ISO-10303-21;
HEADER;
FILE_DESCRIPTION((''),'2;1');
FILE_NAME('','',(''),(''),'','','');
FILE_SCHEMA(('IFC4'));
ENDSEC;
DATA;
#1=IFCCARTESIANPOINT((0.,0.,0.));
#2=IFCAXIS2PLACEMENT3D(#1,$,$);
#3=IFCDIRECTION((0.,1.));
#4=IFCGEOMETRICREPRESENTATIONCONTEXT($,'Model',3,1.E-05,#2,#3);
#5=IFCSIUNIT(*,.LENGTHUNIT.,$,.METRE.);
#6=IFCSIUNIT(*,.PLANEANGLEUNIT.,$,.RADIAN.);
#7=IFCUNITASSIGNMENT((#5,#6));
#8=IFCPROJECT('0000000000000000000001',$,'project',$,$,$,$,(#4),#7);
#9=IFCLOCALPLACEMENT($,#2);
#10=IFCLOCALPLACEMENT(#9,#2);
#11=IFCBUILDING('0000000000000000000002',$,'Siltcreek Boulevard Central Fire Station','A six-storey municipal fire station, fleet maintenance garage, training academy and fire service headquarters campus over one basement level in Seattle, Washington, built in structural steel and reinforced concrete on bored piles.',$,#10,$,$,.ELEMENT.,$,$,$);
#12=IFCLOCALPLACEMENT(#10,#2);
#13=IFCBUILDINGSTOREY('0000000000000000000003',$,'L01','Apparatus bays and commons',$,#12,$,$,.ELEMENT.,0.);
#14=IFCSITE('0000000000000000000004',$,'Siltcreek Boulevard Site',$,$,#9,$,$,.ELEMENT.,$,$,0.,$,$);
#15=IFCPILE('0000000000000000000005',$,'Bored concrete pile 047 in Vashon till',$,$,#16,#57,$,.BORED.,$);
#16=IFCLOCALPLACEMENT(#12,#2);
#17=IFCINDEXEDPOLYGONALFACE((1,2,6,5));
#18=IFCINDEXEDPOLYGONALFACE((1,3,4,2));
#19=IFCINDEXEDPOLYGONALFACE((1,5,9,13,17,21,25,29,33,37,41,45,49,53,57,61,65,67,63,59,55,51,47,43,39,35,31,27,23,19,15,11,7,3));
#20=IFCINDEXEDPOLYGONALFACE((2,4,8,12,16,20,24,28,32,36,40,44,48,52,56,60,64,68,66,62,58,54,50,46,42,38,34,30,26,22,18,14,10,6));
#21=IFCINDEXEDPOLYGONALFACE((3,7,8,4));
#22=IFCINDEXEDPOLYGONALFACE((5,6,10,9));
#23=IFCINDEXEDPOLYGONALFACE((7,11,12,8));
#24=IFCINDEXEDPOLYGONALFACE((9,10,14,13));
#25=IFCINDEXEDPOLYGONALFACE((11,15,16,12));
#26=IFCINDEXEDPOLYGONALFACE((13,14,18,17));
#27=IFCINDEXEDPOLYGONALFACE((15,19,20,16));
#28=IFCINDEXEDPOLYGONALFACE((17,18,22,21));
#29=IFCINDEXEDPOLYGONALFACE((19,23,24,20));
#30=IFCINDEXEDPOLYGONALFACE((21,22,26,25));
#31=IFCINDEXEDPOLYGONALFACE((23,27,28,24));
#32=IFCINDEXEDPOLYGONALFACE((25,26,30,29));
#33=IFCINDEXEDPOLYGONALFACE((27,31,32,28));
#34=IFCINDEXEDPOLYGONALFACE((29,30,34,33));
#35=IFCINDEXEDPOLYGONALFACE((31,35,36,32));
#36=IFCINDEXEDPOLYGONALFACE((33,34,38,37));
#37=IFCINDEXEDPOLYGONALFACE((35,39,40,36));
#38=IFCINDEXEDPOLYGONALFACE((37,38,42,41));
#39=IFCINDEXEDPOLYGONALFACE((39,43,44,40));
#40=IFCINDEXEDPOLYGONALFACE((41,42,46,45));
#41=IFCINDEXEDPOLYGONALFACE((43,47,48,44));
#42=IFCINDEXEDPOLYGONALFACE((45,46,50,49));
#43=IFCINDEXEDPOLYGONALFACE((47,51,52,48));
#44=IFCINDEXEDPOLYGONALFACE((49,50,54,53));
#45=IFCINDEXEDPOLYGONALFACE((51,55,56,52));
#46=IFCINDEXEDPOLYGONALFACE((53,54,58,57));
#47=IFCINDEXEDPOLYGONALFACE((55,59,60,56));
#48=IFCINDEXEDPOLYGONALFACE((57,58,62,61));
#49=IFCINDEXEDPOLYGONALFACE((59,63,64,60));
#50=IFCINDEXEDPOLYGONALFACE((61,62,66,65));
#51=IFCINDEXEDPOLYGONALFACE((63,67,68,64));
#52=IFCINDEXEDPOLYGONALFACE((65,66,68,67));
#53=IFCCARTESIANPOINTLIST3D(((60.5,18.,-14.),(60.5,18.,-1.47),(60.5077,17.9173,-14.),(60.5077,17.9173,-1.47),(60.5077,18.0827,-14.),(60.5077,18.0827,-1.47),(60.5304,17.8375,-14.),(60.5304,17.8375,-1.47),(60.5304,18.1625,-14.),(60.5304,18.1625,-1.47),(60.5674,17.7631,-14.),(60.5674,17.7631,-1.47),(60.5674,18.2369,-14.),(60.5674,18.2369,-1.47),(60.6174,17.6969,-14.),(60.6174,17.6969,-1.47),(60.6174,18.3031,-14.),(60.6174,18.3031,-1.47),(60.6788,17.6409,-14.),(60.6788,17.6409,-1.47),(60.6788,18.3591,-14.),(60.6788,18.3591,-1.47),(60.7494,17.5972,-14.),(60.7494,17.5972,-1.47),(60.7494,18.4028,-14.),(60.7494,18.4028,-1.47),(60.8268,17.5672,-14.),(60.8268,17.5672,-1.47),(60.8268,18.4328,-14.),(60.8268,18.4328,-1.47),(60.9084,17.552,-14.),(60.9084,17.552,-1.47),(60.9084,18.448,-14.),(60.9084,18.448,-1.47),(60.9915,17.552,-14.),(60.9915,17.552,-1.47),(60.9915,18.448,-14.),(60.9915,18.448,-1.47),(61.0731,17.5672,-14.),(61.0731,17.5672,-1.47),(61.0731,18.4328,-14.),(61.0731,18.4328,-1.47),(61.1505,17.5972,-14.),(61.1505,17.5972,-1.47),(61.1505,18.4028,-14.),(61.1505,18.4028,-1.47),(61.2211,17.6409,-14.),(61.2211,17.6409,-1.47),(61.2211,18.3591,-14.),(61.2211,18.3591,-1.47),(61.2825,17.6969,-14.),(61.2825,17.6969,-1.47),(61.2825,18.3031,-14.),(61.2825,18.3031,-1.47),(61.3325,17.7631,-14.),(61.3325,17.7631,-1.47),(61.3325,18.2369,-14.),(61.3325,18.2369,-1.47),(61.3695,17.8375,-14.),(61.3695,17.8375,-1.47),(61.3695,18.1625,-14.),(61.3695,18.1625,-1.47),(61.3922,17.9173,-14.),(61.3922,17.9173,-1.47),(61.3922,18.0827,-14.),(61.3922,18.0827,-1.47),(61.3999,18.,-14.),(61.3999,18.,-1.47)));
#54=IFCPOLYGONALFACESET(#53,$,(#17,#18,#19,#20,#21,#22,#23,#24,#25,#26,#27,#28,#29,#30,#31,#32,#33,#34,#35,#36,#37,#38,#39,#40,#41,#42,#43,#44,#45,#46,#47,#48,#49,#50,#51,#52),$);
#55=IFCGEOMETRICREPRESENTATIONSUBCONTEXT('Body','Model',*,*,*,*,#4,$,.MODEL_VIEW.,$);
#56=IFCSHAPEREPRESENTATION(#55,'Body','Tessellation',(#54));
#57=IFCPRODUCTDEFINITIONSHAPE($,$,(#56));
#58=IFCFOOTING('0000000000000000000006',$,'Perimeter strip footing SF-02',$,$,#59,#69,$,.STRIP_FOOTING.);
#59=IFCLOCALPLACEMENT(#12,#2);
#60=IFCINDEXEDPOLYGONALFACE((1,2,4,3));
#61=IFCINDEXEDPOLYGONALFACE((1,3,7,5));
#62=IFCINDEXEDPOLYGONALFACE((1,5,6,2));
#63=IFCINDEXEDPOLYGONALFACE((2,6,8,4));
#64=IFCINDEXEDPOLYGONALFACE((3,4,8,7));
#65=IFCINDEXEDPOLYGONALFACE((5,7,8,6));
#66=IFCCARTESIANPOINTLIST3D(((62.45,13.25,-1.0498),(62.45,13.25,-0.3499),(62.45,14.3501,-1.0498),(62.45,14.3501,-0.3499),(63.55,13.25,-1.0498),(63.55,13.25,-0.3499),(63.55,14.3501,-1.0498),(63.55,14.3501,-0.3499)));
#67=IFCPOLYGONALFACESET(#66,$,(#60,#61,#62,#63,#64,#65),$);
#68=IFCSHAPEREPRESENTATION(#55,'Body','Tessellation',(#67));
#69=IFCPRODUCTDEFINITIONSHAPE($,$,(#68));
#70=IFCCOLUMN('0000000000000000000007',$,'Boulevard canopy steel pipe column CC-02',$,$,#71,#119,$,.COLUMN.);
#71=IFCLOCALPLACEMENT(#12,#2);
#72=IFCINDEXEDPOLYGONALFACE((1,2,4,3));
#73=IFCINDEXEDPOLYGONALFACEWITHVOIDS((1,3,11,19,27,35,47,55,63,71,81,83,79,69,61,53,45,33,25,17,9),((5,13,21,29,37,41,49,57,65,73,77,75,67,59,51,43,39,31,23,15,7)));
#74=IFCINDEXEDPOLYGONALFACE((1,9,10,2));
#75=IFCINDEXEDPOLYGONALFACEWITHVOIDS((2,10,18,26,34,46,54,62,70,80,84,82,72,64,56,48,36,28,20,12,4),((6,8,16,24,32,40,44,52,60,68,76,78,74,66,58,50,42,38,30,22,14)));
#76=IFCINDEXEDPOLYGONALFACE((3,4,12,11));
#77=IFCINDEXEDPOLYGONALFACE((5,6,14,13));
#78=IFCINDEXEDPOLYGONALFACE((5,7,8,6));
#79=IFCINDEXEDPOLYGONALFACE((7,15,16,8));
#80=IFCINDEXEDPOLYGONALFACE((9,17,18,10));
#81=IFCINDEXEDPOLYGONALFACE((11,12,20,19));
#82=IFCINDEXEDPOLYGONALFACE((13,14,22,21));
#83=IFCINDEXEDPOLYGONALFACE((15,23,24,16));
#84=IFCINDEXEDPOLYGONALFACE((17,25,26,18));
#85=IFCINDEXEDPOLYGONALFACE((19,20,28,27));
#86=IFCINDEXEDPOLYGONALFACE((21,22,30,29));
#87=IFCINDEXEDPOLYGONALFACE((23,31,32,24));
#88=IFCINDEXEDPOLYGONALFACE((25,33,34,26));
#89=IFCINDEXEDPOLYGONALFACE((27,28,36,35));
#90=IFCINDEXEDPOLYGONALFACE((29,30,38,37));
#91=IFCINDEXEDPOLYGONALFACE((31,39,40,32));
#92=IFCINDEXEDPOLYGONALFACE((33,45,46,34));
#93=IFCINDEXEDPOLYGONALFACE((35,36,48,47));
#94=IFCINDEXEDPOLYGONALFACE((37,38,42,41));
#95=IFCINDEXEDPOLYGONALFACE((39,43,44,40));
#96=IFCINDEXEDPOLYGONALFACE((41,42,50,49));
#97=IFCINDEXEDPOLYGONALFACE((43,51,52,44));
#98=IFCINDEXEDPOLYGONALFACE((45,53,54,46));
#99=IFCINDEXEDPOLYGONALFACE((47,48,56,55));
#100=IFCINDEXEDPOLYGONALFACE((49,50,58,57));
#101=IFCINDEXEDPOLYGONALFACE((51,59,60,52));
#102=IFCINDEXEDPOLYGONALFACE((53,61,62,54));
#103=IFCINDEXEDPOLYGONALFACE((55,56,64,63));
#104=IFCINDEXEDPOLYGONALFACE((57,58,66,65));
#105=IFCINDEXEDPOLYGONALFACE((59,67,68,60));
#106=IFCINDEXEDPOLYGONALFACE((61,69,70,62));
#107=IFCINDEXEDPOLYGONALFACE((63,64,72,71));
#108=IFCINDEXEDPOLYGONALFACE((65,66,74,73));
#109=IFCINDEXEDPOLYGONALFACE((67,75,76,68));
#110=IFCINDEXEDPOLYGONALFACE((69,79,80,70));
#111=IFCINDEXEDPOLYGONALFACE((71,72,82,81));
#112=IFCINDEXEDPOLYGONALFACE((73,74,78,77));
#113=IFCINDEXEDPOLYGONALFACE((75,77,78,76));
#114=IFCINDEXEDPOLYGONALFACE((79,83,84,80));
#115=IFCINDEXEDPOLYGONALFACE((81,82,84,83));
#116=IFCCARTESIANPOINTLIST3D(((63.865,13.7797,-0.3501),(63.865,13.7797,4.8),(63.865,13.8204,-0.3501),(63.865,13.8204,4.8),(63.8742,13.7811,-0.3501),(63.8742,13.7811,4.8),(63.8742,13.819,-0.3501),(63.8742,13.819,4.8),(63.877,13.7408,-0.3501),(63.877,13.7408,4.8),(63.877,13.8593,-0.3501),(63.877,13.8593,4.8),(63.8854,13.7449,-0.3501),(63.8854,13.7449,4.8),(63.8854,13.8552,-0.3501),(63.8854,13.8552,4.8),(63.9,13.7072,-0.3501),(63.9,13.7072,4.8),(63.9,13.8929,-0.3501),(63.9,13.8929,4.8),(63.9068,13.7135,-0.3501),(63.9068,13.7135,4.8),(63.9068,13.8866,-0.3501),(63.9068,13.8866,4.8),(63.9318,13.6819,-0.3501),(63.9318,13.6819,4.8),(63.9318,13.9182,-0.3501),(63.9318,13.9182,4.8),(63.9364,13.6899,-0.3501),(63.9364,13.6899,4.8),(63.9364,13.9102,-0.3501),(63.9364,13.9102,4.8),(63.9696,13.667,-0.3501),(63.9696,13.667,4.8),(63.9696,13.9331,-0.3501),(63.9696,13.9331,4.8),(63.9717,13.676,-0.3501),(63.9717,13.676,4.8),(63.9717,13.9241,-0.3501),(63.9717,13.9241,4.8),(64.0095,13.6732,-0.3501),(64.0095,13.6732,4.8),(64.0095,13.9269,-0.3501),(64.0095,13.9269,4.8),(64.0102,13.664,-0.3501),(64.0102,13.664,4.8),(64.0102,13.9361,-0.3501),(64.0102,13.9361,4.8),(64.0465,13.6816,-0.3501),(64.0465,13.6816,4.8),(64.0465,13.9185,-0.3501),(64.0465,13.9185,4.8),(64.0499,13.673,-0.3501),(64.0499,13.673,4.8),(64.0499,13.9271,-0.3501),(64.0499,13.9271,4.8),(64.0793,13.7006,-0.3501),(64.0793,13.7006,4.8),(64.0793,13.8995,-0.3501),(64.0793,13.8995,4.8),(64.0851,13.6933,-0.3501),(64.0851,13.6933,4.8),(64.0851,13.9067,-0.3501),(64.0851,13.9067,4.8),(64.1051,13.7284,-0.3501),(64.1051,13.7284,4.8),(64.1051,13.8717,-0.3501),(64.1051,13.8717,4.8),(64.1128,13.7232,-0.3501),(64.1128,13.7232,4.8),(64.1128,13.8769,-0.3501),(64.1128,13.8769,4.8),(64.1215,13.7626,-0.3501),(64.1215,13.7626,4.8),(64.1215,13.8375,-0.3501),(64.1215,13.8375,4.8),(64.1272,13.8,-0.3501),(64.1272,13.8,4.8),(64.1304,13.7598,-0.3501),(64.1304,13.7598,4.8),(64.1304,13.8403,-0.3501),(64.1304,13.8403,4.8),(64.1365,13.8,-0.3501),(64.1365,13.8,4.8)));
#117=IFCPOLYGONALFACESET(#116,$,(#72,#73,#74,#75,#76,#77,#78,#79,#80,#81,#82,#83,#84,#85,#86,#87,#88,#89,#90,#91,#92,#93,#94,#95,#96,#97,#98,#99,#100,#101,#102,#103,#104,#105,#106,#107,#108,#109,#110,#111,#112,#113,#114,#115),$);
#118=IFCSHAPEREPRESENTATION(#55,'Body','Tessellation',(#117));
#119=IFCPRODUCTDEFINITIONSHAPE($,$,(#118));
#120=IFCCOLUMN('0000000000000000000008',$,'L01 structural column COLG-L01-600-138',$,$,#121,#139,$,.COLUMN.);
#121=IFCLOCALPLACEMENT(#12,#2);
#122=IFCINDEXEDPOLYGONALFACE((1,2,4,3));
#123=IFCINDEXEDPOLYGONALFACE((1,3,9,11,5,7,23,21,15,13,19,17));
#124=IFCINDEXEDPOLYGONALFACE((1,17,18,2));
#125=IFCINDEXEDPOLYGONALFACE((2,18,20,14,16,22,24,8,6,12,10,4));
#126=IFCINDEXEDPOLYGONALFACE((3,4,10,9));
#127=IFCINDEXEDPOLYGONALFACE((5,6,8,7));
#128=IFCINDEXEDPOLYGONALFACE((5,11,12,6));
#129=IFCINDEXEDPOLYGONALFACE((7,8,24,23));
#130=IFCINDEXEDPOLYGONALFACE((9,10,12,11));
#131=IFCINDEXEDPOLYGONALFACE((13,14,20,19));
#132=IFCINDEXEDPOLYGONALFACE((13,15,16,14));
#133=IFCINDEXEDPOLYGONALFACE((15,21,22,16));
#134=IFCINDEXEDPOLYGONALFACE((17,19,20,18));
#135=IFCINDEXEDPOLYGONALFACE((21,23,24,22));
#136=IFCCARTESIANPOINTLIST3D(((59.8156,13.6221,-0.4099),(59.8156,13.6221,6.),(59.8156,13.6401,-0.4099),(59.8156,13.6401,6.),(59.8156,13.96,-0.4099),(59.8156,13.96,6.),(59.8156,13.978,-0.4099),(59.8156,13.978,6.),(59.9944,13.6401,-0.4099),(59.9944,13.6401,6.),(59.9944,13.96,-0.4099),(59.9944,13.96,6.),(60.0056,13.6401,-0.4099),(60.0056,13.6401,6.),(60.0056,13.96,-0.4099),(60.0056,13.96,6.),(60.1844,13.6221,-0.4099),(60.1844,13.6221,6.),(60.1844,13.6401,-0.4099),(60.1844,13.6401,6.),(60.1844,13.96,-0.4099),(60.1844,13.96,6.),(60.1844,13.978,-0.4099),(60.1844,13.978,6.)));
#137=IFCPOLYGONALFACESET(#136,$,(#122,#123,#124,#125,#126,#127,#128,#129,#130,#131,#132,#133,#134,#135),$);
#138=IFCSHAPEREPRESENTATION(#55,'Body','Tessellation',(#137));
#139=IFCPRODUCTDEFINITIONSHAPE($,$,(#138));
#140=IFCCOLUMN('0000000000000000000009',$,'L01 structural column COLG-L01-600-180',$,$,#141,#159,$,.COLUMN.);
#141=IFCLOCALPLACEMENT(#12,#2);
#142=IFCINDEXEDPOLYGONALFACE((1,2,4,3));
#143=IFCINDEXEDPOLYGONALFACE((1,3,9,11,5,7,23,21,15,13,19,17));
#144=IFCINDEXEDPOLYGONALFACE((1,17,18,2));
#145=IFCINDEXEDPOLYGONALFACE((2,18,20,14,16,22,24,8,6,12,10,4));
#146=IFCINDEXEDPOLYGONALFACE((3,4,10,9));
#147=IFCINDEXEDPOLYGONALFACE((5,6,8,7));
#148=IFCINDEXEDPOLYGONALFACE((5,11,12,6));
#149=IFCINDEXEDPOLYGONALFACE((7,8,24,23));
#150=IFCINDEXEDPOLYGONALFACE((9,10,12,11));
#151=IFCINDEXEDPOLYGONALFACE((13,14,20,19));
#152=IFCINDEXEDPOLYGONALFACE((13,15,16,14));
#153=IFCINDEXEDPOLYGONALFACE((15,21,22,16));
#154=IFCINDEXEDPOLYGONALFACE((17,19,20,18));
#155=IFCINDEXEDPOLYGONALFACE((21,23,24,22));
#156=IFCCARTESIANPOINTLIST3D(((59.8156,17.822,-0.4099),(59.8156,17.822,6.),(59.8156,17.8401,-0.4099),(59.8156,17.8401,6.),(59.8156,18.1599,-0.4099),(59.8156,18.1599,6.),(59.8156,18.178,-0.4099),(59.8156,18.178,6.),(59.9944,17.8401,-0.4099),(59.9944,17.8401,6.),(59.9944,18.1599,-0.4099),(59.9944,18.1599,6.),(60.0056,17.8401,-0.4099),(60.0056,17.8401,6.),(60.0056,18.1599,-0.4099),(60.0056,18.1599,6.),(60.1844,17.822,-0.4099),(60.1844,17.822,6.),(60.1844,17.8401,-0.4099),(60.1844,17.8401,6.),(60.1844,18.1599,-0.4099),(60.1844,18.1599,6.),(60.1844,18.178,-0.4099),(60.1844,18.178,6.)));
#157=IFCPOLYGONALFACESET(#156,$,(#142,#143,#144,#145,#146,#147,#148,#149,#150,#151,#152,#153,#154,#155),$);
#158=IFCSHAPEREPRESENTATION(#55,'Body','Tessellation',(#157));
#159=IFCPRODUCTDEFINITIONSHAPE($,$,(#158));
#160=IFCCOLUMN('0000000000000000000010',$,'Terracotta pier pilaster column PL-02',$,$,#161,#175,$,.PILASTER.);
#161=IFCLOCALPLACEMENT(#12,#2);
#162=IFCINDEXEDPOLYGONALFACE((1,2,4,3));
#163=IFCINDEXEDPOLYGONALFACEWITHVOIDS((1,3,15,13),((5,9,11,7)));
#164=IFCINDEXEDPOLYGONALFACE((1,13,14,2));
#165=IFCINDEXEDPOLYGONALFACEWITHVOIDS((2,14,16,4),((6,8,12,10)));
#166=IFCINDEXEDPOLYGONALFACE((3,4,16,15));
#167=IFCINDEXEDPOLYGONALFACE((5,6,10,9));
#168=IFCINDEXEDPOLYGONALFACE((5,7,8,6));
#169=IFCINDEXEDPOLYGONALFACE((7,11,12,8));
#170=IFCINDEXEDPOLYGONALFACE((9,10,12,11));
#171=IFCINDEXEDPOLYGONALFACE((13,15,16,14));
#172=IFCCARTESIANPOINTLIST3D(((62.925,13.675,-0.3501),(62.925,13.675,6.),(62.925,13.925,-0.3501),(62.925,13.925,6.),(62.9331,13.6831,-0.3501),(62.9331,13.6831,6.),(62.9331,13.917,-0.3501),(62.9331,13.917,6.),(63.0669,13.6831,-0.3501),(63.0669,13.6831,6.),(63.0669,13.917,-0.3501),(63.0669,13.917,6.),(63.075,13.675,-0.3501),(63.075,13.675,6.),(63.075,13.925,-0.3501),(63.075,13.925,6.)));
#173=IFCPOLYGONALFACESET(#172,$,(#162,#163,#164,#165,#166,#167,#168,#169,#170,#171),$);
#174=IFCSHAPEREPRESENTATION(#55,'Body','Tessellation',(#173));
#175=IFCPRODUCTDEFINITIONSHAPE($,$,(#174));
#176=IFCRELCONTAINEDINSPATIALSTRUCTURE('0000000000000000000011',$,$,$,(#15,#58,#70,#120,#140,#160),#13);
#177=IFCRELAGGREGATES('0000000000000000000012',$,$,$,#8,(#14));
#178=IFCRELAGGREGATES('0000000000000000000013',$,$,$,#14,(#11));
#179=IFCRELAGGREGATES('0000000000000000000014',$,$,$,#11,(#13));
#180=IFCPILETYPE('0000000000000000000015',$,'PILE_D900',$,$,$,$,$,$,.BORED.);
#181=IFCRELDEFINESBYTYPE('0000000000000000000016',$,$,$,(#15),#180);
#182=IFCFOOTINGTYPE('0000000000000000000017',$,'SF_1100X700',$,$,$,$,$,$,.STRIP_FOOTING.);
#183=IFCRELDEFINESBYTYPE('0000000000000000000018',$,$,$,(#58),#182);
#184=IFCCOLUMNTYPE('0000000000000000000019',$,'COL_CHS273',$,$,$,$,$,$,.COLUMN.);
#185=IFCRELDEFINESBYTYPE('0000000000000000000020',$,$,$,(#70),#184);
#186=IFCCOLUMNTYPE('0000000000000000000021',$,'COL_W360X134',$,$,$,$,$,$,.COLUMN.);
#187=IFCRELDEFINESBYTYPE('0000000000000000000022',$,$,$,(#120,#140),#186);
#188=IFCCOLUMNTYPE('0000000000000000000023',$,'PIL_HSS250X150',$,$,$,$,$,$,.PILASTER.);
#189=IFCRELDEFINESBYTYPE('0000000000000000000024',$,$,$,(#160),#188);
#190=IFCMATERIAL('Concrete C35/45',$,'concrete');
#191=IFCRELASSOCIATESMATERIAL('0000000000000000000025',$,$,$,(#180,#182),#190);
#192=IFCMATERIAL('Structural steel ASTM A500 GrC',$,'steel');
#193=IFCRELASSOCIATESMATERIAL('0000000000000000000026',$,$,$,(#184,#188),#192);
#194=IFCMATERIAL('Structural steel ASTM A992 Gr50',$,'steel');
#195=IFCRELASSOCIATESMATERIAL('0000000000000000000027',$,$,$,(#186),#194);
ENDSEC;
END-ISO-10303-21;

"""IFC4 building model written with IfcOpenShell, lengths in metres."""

from ifc_helpers import new_model, si_unit, direction, frame, origin, origin_2d, place, context, subcontext, project, spatial, rectangle, hollow_rectangle, circle, hollow_circle, i_section, extrude, material, material_profile, profile_set, type_object, element, save


model = new_model("IFC4")

# Units and contexts
model_context = context("Model", 3, precision=1e-05, world=origin(), true_north=direction((0.0, 1.0)))
body_context = subcontext(model_context, "Body", "Model", "MODEL_VIEW")
ifc_project = project(units=[si_unit("LENGTHUNIT", "METRE"), si_unit("PLANEANGLEUNIT", "RADIAN")], contexts=[model_context])

# Site, building, storey
site_placement = place(None, origin())
site = spatial("IfcSite", under=ifc_project, at=site_placement, Name="Siltcreek Boulevard Site", CompositionType="ELEMENT", RefElevation=0.0)
building_placement = place(site_placement, origin())
building = spatial("IfcBuilding", under=site, at=building_placement, Name="Siltcreek Boulevard Central Fire Station", Description="A six-storey municipal fire station, fleet maintenance garage, training academy and fire service headquarters campus over one basement level in Seattle, Washington, built in structural steel and reinforced concrete on bored piles.", CompositionType="ELEMENT")
storey_placement = place(building_placement, origin())
storey = spatial("IfcBuildingStorey", under=building, at=storey_placement, Name="L01", Description="Apparatus bays and commons", CompositionType="ELEMENT", Elevation=0.0)

# Shared definitions
ifc_material_1 = material(Name="Concrete C35/45", Category="concrete")

# Pile
ifc_material_profile_1 = material_profile(ifc_material_1, circle(Radius=0.45, at=origin_2d()), Name="SHAFT900")
ifc_profile_set_1 = profile_set([ifc_material_profile_1], Name="Concrete C35/45")
pile_type_1 = type_object("IfcPileType", Name="PILE_D900", PredefinedType="BORED", material=ifc_profile_set_1)
for number, where, z_axis, x_axis, name in (
    (1, (60.95, 18.0, -1.47), (0.0, 0.0, -1.0), (1.0, 0.0, 0.0), "Bored concrete pile 047 in Vashon till"),
):
    element("IfcPile", number, at=place(storey_placement, frame(where, z_axis=z_axis, x_axis=x_axis)), inside=storey, type_object=pile_type_1, Name=name, PredefinedType="BORED", context=body_context, shape_type="SweptSolid", body=[
        extrude(circle(Radius=0.45, at=origin_2d()), origin(), (0.0, 0.0, 1.0), 12.53),
    ])

# Footing
footing_type_1 = type_object("IfcFootingType", Name="SF_1100X700", PredefinedType="STRIP_FOOTING", material=ifc_material_1)
footing_1_placement = place(storey_placement, frame((63.0, 13.8, -1.0498), z_axis=(0.0, 0.0, 1.0), x_axis=(1.0, 0.0, 0.0)))
element("IfcFooting", 2, at=footing_1_placement, inside=storey, type_object=footing_type_1, Name="Perimeter strip footing SF-02", PredefinedType="STRIP_FOOTING", context=body_context, shape_type="SweptSolid", body=[
    extrude(rectangle(XDim=1.1001, YDim=1.1001, at=origin_2d()), origin(), (0.0, 0.0, 1.0), 0.7),
])

# Columns
ifc_material_2 = material(Name="Structural steel ASTM A500 GrC", Category="steel")
ifc_material_profile_2 = material_profile(ifc_material_2, hollow_circle(Radius=0.1365, WallThickness=0.0093, at=origin_2d()), Name="HSS273.1X9.3")
ifc_profile_set_2 = profile_set([ifc_material_profile_2], Name="Structural steel ASTM A500 GrC")
column_type_1 = type_object("IfcColumnType", Name="COL_CHS273", PredefinedType="COLUMN", material=ifc_profile_set_2)
column_1_placement = place(storey_placement, frame((64.0, 13.8, -0.3501), z_axis=(0.0, 0.0, 1.0), x_axis=(1.0, 0.0, 0.0)))
element("IfcColumn", 3, at=column_1_placement, inside=storey, type_object=column_type_1, Name="Boulevard canopy steel pipe column CC-02", PredefinedType="COLUMN", context=body_context, shape_type="SweptSolid", body=[
    extrude(hollow_circle(Radius=0.1365, WallThickness=0.0093, at=origin_2d()), origin(), (0.0, 0.0, 1.0), 5.1501),
])
ifc_material_3 = material(Name="Structural steel ASTM A992 Gr50", Category="steel")
ifc_material_profile_3 = material_profile(ifc_material_3, i_section(OverallWidth=0.3689, OverallDepth=0.356, WebThickness=0.0112, FlangeThickness=0.0181, at=origin_2d()), Name="W360X134")
ifc_profile_set_3 = profile_set([ifc_material_profile_3], Name="Structural steel ASTM A992 Gr50")
column_type_2 = type_object("IfcColumnType", Name="COL_W360X134", PredefinedType="COLUMN", material=ifc_profile_set_3)
for number, where, z_axis, x_axis, name in (
    (4, (60.0, 13.8, -0.4099), (0.0, 0.0, 1.0), (1.0, 0.0, 0.0), "L01 structural column COLG-L01-600-138"),
    (5, (60.0, 18.0, -0.4099), (0.0, 0.0, 1.0), (1.0, 0.0, 0.0), "L01 structural column COLG-L01-600-180"),
):
    element("IfcColumn", number, at=place(storey_placement, frame(where, z_axis=z_axis, x_axis=x_axis)), inside=storey, type_object=column_type_2, Name=name, PredefinedType="COLUMN", context=body_context, shape_type="SweptSolid", body=[
        extrude(i_section(OverallWidth=0.3689, OverallDepth=0.356, WebThickness=0.0112, FlangeThickness=0.0181, at=origin_2d()), origin(), (0.0, 0.0, 1.0), 6.4099),
    ])
ifc_material_profile_4 = material_profile(ifc_material_2, hollow_rectangle(XDim=0.1499, YDim=0.25, WallThickness=0.0081, at=origin_2d()), Name="HSS250X150X8.0")
ifc_profile_set_4 = profile_set([ifc_material_profile_4], Name="Structural steel ASTM A500 GrC")
column_type_3 = type_object("IfcColumnType", Name="PIL_HSS250X150", PredefinedType="PILASTER", material=ifc_profile_set_4)
column_2_placement = place(storey_placement, frame((63.0, 13.8, -0.3501), z_axis=(0.0, 0.0, 1.0), x_axis=(1.0, 0.0, 0.0)))
element("IfcColumn", 6, at=column_2_placement, inside=storey, type_object=column_type_3, Name="Terracotta pier pilaster column PL-02", PredefinedType="PILASTER", context=body_context, shape_type="SweptSolid", body=[
    extrude(hollow_rectangle(XDim=0.1499, YDim=0.25, WallThickness=0.0081, at=origin_2d()), origin(), (0.0, 0.0, 1.0), 6.3501),
])

save(model, "model.ifc")
